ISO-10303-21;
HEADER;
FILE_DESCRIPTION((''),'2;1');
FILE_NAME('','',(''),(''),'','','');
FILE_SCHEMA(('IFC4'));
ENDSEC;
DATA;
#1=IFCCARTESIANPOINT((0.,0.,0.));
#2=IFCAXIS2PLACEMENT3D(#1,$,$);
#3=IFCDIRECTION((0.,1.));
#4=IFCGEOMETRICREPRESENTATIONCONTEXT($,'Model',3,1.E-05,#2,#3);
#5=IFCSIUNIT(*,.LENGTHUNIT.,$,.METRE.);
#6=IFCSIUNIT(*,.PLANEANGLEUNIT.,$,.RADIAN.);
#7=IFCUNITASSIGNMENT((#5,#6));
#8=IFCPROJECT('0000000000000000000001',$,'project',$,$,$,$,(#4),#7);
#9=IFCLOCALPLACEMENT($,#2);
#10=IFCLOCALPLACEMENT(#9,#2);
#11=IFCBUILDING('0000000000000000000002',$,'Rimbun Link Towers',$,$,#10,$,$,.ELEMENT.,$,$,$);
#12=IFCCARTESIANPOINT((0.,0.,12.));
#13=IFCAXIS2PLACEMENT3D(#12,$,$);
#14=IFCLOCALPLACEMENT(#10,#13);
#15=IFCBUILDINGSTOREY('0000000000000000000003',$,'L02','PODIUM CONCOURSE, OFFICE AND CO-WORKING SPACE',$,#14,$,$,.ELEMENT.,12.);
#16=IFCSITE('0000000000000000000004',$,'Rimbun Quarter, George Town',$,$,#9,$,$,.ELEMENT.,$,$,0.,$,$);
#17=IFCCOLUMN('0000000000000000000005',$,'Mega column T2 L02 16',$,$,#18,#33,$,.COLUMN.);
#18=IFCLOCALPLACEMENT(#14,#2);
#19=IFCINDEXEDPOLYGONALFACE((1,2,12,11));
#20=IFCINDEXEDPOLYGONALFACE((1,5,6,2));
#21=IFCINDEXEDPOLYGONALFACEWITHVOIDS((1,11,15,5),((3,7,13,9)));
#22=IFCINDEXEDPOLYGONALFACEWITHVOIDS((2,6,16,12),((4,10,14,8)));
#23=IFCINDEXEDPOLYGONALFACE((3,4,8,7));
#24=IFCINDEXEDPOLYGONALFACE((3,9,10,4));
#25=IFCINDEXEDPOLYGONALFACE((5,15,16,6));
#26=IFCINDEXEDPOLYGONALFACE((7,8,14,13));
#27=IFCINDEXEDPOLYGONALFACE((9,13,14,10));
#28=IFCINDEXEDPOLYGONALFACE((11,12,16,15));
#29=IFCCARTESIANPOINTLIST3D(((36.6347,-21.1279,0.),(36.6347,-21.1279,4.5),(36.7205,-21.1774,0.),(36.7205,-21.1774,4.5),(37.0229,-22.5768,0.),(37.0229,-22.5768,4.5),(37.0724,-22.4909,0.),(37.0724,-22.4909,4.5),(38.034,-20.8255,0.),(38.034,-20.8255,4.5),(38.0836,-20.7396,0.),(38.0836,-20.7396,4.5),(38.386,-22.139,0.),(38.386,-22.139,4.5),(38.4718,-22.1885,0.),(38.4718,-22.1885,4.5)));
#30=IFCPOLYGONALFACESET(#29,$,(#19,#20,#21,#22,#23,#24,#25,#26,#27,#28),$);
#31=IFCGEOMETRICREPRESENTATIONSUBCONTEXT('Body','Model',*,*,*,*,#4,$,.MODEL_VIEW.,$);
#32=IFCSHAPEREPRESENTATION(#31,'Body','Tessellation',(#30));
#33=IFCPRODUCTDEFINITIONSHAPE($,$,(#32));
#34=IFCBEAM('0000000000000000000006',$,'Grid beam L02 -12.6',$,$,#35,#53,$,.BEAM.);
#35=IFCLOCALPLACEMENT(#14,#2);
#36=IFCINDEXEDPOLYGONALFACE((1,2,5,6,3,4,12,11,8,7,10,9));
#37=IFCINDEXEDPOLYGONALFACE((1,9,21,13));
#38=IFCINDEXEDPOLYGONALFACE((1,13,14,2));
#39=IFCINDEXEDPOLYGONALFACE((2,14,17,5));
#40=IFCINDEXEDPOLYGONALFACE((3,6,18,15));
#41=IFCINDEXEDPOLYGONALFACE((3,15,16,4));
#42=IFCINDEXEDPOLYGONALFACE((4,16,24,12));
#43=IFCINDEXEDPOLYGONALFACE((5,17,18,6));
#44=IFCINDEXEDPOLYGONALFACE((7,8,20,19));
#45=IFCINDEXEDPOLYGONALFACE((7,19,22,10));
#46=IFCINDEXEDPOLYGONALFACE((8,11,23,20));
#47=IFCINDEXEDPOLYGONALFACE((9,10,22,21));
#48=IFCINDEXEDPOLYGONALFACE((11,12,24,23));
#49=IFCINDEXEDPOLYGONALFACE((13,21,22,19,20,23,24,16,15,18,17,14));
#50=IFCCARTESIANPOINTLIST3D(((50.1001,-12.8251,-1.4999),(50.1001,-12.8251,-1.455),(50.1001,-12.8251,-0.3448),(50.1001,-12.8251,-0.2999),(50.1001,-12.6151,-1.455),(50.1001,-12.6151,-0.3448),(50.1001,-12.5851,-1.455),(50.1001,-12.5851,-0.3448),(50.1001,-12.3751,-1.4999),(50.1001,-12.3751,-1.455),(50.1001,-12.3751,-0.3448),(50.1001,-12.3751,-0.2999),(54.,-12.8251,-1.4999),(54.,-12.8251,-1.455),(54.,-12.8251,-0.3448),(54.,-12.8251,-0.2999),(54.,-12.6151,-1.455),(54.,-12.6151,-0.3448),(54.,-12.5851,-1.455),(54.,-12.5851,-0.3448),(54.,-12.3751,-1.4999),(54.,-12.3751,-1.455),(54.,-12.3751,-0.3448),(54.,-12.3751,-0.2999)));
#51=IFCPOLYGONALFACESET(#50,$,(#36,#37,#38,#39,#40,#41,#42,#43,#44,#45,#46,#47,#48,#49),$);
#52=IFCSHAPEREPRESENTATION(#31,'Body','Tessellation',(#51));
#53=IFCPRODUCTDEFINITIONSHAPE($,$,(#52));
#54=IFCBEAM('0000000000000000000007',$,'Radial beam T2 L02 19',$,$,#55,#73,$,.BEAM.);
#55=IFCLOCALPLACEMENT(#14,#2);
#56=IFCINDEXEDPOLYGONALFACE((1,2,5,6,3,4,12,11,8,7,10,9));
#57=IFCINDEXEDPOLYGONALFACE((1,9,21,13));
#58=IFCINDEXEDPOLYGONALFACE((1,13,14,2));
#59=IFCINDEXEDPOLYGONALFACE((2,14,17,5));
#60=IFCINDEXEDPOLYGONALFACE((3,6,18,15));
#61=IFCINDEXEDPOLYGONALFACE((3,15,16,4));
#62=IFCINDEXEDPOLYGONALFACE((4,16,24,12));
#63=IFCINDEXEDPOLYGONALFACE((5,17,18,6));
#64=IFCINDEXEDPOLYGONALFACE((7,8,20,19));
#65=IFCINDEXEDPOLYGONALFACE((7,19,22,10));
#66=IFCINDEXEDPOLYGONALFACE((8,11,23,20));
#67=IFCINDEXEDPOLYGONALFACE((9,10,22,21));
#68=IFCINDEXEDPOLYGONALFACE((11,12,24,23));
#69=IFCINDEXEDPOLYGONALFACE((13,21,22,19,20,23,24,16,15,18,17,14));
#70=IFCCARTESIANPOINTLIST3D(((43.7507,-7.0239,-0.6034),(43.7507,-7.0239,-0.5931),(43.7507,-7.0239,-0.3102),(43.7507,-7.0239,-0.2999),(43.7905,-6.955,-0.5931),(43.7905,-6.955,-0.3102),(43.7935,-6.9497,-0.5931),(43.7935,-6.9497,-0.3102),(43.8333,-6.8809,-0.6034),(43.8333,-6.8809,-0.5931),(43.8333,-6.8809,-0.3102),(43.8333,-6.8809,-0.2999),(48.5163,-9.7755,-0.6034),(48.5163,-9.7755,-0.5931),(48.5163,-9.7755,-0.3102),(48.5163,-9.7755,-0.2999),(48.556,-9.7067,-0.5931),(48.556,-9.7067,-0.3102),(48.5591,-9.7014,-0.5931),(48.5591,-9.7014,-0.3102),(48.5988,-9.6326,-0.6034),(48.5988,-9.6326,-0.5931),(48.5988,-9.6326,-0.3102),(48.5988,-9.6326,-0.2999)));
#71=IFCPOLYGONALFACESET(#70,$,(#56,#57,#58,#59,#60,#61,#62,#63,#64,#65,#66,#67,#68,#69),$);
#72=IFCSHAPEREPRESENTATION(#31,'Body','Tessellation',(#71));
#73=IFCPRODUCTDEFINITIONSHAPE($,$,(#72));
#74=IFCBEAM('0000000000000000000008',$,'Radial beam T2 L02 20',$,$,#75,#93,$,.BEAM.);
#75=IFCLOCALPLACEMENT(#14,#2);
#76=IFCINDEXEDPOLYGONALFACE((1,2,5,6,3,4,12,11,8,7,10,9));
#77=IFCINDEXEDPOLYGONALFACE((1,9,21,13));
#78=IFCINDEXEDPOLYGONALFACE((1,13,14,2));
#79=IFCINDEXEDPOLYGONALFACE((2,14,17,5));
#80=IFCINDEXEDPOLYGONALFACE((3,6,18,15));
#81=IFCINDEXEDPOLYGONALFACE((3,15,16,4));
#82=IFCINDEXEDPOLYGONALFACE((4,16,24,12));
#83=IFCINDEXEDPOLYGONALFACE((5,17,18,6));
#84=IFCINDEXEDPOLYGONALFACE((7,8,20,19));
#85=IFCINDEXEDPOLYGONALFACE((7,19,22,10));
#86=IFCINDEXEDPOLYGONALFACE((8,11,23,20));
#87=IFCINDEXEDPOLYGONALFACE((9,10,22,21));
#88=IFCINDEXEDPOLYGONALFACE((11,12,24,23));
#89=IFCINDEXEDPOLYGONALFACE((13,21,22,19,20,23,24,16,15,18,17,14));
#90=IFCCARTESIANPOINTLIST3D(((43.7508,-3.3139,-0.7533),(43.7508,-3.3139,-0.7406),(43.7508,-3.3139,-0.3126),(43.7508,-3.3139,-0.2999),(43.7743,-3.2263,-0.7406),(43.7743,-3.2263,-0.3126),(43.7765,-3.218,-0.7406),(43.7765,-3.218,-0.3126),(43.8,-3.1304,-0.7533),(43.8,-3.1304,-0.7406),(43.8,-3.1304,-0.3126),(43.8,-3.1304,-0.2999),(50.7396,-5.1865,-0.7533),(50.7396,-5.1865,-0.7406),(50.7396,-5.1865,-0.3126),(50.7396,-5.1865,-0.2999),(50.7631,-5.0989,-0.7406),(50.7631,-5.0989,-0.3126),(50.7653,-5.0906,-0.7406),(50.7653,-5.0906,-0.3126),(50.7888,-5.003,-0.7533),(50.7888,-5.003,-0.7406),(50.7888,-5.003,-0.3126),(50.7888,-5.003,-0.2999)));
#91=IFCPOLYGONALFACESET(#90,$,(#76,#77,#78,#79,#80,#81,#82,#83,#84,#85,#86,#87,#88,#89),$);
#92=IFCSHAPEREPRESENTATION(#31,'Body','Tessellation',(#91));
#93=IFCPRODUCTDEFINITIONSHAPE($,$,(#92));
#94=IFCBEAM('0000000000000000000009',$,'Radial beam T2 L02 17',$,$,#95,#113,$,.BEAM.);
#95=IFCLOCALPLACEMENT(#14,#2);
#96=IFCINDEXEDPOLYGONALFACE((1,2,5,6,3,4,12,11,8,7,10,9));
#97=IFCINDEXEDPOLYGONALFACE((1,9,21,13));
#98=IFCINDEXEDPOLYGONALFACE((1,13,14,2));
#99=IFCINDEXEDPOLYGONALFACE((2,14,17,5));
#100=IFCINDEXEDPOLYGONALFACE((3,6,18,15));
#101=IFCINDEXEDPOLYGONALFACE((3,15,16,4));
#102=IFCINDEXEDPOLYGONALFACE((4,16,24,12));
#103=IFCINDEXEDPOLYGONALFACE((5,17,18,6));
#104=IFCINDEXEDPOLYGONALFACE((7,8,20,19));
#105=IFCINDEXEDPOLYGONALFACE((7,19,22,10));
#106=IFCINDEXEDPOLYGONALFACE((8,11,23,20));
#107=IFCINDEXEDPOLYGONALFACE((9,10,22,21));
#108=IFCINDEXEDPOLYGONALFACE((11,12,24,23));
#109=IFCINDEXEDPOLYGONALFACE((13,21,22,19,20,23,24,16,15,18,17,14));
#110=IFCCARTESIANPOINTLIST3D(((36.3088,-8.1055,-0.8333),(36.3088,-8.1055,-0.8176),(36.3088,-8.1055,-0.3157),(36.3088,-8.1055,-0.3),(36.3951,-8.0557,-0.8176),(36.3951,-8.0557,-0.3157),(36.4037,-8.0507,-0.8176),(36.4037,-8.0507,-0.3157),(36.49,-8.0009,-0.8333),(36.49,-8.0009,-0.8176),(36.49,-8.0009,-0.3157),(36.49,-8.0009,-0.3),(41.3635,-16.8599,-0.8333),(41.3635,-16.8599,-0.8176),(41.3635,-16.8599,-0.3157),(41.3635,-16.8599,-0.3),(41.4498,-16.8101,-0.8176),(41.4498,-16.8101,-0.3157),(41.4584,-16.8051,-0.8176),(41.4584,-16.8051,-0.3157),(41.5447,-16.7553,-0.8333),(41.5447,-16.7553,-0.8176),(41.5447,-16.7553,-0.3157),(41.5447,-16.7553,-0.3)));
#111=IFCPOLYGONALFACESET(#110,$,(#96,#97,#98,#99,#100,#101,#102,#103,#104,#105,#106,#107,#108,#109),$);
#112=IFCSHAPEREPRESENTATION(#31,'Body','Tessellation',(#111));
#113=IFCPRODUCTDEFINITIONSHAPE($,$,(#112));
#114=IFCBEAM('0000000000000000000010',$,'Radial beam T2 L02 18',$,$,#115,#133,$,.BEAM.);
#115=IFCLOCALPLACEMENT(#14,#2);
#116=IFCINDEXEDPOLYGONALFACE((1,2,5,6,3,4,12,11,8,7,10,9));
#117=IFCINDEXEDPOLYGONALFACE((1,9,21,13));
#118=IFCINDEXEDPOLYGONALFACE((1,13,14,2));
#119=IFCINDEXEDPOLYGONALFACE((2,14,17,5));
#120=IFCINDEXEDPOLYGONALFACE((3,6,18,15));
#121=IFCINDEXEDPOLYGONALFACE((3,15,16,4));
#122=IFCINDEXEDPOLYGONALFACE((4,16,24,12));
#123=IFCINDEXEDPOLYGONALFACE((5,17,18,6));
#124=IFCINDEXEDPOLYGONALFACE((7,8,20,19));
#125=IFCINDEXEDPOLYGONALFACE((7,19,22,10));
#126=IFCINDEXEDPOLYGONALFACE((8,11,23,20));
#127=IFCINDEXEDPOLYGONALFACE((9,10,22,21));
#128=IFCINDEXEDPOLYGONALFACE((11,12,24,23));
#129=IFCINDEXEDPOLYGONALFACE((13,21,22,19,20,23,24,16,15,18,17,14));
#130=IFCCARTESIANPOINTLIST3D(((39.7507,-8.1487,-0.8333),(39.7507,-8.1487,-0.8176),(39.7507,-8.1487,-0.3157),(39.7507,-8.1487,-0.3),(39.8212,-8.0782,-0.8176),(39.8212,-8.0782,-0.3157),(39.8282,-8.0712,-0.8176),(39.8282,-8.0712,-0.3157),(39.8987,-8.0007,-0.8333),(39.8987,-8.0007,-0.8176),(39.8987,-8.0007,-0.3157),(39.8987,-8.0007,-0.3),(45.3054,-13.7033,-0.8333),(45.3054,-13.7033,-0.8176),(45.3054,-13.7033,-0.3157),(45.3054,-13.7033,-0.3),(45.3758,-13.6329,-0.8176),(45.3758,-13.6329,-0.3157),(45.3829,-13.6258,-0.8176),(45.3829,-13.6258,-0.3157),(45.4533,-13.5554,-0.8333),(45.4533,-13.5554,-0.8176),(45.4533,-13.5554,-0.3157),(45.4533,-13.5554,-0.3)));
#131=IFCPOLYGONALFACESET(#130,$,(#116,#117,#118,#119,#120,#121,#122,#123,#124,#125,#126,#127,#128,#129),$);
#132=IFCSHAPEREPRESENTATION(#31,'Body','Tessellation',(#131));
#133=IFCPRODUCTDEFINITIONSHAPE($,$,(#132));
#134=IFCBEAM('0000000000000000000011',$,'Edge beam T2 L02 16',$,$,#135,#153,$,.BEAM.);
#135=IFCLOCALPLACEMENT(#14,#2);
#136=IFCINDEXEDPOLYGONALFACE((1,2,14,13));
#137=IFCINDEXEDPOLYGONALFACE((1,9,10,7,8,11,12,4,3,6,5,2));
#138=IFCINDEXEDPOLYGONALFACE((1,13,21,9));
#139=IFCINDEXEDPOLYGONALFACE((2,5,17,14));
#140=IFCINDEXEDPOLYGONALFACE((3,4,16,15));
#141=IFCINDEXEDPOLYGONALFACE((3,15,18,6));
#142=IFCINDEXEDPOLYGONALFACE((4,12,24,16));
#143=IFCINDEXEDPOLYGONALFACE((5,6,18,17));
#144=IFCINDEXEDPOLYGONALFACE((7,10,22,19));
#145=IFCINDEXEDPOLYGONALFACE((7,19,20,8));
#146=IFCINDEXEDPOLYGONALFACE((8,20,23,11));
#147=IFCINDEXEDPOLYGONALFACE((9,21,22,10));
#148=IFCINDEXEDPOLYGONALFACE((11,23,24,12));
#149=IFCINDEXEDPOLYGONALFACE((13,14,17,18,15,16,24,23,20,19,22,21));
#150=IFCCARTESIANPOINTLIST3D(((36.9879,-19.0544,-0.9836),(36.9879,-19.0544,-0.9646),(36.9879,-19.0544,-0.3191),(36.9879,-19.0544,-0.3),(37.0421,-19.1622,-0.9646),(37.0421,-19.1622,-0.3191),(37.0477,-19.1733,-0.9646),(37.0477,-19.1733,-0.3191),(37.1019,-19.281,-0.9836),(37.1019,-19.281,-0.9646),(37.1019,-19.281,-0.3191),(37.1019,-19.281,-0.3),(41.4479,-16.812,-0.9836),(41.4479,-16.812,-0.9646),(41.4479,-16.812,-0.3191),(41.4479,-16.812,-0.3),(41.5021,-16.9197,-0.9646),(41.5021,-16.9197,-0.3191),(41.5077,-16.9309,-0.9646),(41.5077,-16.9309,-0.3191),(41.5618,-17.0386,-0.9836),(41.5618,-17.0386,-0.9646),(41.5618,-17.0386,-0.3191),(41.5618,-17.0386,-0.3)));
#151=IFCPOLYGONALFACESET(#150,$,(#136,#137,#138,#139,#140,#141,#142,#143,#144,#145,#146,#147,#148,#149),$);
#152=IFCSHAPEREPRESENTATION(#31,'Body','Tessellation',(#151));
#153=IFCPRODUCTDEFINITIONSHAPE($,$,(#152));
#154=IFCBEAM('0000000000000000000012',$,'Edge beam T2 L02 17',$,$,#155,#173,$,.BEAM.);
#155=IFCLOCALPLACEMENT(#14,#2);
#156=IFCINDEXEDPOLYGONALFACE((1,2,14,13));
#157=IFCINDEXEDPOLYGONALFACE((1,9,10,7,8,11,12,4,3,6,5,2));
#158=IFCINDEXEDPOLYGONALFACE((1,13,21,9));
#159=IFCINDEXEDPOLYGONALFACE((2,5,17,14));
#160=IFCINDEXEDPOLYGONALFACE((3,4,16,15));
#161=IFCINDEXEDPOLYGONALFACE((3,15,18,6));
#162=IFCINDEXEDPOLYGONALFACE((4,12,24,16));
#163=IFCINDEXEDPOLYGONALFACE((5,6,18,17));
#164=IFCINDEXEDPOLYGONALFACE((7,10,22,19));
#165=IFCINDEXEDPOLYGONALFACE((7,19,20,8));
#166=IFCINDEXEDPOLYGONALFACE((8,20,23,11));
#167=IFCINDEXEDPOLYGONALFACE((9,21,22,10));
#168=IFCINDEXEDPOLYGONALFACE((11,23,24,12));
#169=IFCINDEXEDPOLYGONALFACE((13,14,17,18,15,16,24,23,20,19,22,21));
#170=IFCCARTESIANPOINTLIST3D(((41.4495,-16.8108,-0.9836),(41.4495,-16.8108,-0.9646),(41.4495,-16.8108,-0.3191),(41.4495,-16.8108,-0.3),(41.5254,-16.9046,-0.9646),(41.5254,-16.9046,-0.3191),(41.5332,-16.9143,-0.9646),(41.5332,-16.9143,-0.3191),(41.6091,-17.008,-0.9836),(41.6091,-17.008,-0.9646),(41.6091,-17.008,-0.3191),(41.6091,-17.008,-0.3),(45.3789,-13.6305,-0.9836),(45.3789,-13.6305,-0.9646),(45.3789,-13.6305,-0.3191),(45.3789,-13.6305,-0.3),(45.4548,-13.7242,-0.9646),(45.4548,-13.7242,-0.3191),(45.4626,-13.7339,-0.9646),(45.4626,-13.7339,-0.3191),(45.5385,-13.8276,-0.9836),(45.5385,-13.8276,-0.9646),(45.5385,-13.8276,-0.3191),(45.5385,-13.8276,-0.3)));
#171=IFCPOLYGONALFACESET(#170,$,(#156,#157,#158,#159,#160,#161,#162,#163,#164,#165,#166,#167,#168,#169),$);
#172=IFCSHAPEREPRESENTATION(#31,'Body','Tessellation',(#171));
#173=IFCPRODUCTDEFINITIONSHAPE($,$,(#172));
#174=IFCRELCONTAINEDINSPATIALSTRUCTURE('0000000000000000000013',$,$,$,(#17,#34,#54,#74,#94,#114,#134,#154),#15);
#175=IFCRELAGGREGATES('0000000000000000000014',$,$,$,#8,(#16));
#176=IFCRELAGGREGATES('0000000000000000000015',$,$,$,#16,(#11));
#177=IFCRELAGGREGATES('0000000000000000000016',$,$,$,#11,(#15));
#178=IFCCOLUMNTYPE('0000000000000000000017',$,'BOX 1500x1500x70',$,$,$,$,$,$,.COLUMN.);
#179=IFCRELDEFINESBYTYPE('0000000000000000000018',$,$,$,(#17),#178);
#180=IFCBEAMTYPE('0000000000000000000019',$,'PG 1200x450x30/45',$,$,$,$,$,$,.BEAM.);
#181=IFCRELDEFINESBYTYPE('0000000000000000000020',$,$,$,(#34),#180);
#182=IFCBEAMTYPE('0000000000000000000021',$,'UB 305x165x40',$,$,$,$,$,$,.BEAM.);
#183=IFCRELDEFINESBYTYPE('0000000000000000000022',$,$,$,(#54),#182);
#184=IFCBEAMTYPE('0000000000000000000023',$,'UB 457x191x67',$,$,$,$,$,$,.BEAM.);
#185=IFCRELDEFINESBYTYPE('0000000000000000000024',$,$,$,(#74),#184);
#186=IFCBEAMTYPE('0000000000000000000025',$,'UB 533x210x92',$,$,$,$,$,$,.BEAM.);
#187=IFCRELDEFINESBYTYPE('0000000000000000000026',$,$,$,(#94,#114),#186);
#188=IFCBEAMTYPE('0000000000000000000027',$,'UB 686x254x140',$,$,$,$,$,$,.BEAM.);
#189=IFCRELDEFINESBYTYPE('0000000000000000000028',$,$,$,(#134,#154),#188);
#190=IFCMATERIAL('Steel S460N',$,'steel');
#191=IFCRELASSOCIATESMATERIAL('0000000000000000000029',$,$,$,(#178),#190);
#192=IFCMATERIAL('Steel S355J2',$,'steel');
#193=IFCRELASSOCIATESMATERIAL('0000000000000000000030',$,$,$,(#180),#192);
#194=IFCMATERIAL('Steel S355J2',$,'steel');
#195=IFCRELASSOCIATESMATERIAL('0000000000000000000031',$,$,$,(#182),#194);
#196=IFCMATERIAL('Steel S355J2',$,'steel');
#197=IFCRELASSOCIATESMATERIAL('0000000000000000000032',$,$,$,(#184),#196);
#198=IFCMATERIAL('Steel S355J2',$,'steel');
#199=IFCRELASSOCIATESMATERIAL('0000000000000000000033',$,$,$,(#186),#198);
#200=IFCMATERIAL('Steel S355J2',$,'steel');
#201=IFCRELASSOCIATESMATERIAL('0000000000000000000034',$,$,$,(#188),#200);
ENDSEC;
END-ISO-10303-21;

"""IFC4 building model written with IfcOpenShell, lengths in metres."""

from ifc_helpers import new_model, si_unit, direction, frame, origin, origin_2d, place, context, subcontext, project, spatial, hollow_rectangle, i_section, extrude, material, material_profile, profile_set, type_object, element, save


model = new_model("IFC4")

# Units and contexts
model_context = context("Model", 3, precision=1e-05, world=origin(), true_north=direction((0.0, 1.0)))
body_context = subcontext(model_context, "Body", "Model", "MODEL_VIEW")
ifc_project = project(units=[si_unit("LENGTHUNIT", "METRE"), si_unit("PLANEANGLEUNIT", "RADIAN")], contexts=[model_context])

# Site, building, storey
site_placement = place(None, origin())
site = spatial("IfcSite", under=ifc_project, at=site_placement, Name="Rimbun Quarter, George Town", CompositionType="ELEMENT", RefElevation=0.0)
building_placement = place(site_placement, origin())
building = spatial("IfcBuilding", under=site, at=building_placement, Name="Rimbun Link Towers", CompositionType="ELEMENT")
storey_placement = place(building_placement, frame((0.0, 0.0, 12.0)))
storey = spatial("IfcBuildingStorey", under=building, at=storey_placement, Name="L02", Description="PODIUM CONCOURSE, OFFICE AND CO-WORKING SPACE", CompositionType="ELEMENT", Elevation=12.0)

# Column
ifc_material_1 = material(Name="Steel S460N", Category="steel")
ifc_material_profile_1 = material_profile(ifc_material_1, hollow_rectangle(XDim=1.5, YDim=1.5, WallThickness=0.0701, at=origin_2d()), Name="BOX 1500x1500x70")
ifc_profile_set_1 = profile_set([ifc_material_profile_1], Name="Steel S460N")
column_type = type_object("IfcColumnType", Name="BOX 1500x1500x70", PredefinedType="COLUMN", material=ifc_profile_set_1)
column_placement = place(storey_placement, frame((37.5532, -21.6582, 0.0), z_axis=(0.0, 0.0, 1.0), x_axis=(0.258819, -0.965926, 0.0)))
element("IfcColumn", 1, at=column_placement, inside=storey, type_object=column_type, Name="Mega column T2 L02 16", PredefinedType="COLUMN", context=body_context, shape_type="SweptSolid", body=[
    extrude(hollow_rectangle(XDim=1.5, YDim=1.5, WallThickness=0.0701, at=origin_2d()), origin(), (0.0, 0.0, 1.0), 4.5),
])

# Beams
ifc_material_2 = material(Name="Steel S355J2", Category="steel")
ifc_material_profile_2 = material_profile(ifc_material_2, i_section(OverallWidth=0.45, OverallDepth=1.2, WebThickness=0.03, FlangeThickness=0.0449, at=origin_2d()), Name="PG 1200x450x30/45")
ifc_profile_set_2 = profile_set([ifc_material_profile_2], Name="Steel S355J2")
beam_type_1 = type_object("IfcBeamType", Name="PG 1200x450x30/45", PredefinedType="BEAM", material=ifc_profile_set_2)
beam_1_placement = place(storey_placement, frame((50.1001, -12.6001, -0.8999), z_axis=(1.0, 0.0, 0.0), x_axis=(0.0, 1.0, 0.0)))
element("IfcBeam", 2, at=beam_1_placement, inside=storey, type_object=beam_type_1, Name="Grid beam L02 -12.6", PredefinedType="BEAM", context=body_context, shape_type="SweptSolid", body=[
    extrude(i_section(OverallWidth=0.45, OverallDepth=1.2, WebThickness=0.03, FlangeThickness=0.0449, at=origin_2d()), origin(), (0.0, 0.0, 1.0), 3.8999),
])
ifc_material_3 = material(Name="Steel S355J2", Category="steel")
ifc_material_profile_3 = material_profile(ifc_material_3, i_section(OverallWidth=0.165, OverallDepth=0.3035, WebThickness=0.0061, FlangeThickness=0.0103, at=origin_2d()), Name="UB 305x165x40")
ifc_profile_set_3 = profile_set([ifc_material_profile_3], Name="Steel S355J2")
beam_type_2 = type_object("IfcBeamType", Name="UB 305x165x40", PredefinedType="BEAM", material=ifc_profile_set_3)
beam_2_placement = place(storey_placement, frame((43.792, -6.9524, -0.4517), z_axis=(0.866004, -0.500037, 0.0), x_axis=(0.500037, 0.866004, 0.0)))
element("IfcBeam", 3, at=beam_2_placement, inside=storey, type_object=beam_type_2, Name="Radial beam T2 L02 19", PredefinedType="BEAM", context=body_context, shape_type="SweptSolid", body=[
    extrude(i_section(OverallWidth=0.165, OverallDepth=0.3035, WebThickness=0.0061, FlangeThickness=0.0103, at=origin_2d()), origin(), (0.0, 0.0, 1.0), 5.5029),
])
ifc_material_4 = material(Name="Steel S355J2", Category="steel")
ifc_material_profile_4 = material_profile(ifc_material_4, i_section(OverallWidth=0.1899, OverallDepth=0.4534, WebThickness=0.0085, FlangeThickness=0.0127, at=origin_2d()), Name="UB 457x191x67")
ifc_profile_set_4 = profile_set([ifc_material_profile_4], Name="Steel S355J2")
beam_type_3 = type_object("IfcBeamType", Name="UB 457x191x67", PredefinedType="BEAM", material=ifc_profile_set_4)
beam_3_placement = place(storey_placement, frame((43.7754, -3.2222, -0.5266), z_axis=(0.965928, -0.258809, 0.0), x_axis=(0.258809, 0.965928, 0.0)))
element("IfcBeam", 4, at=beam_3_placement, inside=storey, type_object=beam_type_3, Name="Radial beam T2 L02 20", PredefinedType="BEAM", context=body_context, shape_type="SweptSolid", body=[
    extrude(i_section(OverallWidth=0.1899, OverallDepth=0.4534, WebThickness=0.0085, FlangeThickness=0.0127, at=origin_2d()), origin(), (0.0, 0.0, 1.0), 7.2354),
])
ifc_material_5 = material(Name="Steel S355J2", Category="steel")
ifc_material_profile_5 = material_profile(ifc_material_5, i_section(OverallWidth=0.2092, OverallDepth=0.5332, WebThickness=0.01, FlangeThickness=0.0156, at=origin_2d()), Name="UB 533x210x92")
ifc_profile_set_5 = profile_set([ifc_material_profile_5], Name="Steel S355J2")
beam_type_4 = type_object("IfcBeamType", Name="UB 533x210x92", PredefinedType="BEAM", material=ifc_profile_set_5)
beam_4_placement = place(storey_placement, frame((36.3994, -8.0532, -0.5667), z_axis=(0.500025, -0.866011, 0.0), x_axis=(0.866011, 0.500025, 0.0)))
element("IfcBeam", 5, at=beam_4_placement, inside=storey, type_object=beam_type_4, Name="Radial beam T2 L02 17", PredefinedType="BEAM", context=body_context, shape_type="SweptSolid", body=[
    extrude(i_section(OverallWidth=0.2092, OverallDepth=0.5332, WebThickness=0.01, FlangeThickness=0.0156, at=origin_2d()), origin(), (0.0, 0.0, 1.0), 10.1089),
])
beam_5_placement = place(storey_placement, frame((39.8247, -8.0747, -0.5667), z_axis=(0.707107, -0.707107, 0.0), x_axis=(0.707107, 0.707107, 0.0)))
element("IfcBeam", 6, at=beam_5_placement, inside=storey, type_object=beam_type_4, Name="Radial beam T2 L02 18", PredefinedType="BEAM", context=body_context, shape_type="SweptSolid", body=[
    extrude(i_section(OverallWidth=0.2092, OverallDepth=0.5332, WebThickness=0.01, FlangeThickness=0.0156, at=origin_2d()), origin(), (0.0, 0.0, 1.0), 7.8555),
])
ifc_material_6 = material(Name="Steel S355J2", Category="steel")
ifc_material_profile_6 = material_profile(ifc_material_6, i_section(OverallWidth=0.2537, OverallDepth=0.6836, WebThickness=0.0125, FlangeThickness=0.019, at=origin_2d()), Name="UB 686x254x140")
ifc_profile_set_6 = profile_set([ifc_material_profile_6], Name="Steel S355J2")
beam_type_5 = type_object("IfcBeamType", Name="UB 686x254x140", PredefinedType="BEAM", material=ifc_profile_set_6)
beam_6_placement = place(storey_placement, frame((37.0449, -19.1677, -0.6418), z_axis=(0.893427, 0.449208, 0.0), x_axis=(-0.449208, 0.893427, 0.0)))
element("IfcBeam", 7, at=beam_6_placement, inside=storey, type_object=beam_type_5, Name="Edge beam T2 L02 16", PredefinedType="BEAM", context=body_context, shape_type="SweptSolid", body=[
    extrude(i_section(OverallWidth=0.2537, OverallDepth=0.6836, WebThickness=0.0125, FlangeThickness=0.019, at=origin_2d()), origin(), (0.0, 0.0, 1.0), 4.9919),
])
for number, where, z_axis, x_axis, name in (
    (8, (41.5293, -16.9094, -0.6418), (0.777299, 0.629132, 0.0), (-0.629132, 0.777299, 0.0), "Edge beam T2 L02 17"),
):
    element("IfcBeam", number, at=place(storey_placement, frame(where, z_axis=z_axis, x_axis=x_axis)), inside=storey, type_object=beam_type_5, Name=name, PredefinedType="BEAM", context=body_context, shape_type="SweptSolid", body=[
        extrude(i_section(OverallWidth=0.2537, OverallDepth=0.6836, WebThickness=0.0125, FlangeThickness=0.019, at=origin_2d()), origin(), (0.0, 0.0, 1.0), 5.0552),
    ])

save(model, "model.ifc")
